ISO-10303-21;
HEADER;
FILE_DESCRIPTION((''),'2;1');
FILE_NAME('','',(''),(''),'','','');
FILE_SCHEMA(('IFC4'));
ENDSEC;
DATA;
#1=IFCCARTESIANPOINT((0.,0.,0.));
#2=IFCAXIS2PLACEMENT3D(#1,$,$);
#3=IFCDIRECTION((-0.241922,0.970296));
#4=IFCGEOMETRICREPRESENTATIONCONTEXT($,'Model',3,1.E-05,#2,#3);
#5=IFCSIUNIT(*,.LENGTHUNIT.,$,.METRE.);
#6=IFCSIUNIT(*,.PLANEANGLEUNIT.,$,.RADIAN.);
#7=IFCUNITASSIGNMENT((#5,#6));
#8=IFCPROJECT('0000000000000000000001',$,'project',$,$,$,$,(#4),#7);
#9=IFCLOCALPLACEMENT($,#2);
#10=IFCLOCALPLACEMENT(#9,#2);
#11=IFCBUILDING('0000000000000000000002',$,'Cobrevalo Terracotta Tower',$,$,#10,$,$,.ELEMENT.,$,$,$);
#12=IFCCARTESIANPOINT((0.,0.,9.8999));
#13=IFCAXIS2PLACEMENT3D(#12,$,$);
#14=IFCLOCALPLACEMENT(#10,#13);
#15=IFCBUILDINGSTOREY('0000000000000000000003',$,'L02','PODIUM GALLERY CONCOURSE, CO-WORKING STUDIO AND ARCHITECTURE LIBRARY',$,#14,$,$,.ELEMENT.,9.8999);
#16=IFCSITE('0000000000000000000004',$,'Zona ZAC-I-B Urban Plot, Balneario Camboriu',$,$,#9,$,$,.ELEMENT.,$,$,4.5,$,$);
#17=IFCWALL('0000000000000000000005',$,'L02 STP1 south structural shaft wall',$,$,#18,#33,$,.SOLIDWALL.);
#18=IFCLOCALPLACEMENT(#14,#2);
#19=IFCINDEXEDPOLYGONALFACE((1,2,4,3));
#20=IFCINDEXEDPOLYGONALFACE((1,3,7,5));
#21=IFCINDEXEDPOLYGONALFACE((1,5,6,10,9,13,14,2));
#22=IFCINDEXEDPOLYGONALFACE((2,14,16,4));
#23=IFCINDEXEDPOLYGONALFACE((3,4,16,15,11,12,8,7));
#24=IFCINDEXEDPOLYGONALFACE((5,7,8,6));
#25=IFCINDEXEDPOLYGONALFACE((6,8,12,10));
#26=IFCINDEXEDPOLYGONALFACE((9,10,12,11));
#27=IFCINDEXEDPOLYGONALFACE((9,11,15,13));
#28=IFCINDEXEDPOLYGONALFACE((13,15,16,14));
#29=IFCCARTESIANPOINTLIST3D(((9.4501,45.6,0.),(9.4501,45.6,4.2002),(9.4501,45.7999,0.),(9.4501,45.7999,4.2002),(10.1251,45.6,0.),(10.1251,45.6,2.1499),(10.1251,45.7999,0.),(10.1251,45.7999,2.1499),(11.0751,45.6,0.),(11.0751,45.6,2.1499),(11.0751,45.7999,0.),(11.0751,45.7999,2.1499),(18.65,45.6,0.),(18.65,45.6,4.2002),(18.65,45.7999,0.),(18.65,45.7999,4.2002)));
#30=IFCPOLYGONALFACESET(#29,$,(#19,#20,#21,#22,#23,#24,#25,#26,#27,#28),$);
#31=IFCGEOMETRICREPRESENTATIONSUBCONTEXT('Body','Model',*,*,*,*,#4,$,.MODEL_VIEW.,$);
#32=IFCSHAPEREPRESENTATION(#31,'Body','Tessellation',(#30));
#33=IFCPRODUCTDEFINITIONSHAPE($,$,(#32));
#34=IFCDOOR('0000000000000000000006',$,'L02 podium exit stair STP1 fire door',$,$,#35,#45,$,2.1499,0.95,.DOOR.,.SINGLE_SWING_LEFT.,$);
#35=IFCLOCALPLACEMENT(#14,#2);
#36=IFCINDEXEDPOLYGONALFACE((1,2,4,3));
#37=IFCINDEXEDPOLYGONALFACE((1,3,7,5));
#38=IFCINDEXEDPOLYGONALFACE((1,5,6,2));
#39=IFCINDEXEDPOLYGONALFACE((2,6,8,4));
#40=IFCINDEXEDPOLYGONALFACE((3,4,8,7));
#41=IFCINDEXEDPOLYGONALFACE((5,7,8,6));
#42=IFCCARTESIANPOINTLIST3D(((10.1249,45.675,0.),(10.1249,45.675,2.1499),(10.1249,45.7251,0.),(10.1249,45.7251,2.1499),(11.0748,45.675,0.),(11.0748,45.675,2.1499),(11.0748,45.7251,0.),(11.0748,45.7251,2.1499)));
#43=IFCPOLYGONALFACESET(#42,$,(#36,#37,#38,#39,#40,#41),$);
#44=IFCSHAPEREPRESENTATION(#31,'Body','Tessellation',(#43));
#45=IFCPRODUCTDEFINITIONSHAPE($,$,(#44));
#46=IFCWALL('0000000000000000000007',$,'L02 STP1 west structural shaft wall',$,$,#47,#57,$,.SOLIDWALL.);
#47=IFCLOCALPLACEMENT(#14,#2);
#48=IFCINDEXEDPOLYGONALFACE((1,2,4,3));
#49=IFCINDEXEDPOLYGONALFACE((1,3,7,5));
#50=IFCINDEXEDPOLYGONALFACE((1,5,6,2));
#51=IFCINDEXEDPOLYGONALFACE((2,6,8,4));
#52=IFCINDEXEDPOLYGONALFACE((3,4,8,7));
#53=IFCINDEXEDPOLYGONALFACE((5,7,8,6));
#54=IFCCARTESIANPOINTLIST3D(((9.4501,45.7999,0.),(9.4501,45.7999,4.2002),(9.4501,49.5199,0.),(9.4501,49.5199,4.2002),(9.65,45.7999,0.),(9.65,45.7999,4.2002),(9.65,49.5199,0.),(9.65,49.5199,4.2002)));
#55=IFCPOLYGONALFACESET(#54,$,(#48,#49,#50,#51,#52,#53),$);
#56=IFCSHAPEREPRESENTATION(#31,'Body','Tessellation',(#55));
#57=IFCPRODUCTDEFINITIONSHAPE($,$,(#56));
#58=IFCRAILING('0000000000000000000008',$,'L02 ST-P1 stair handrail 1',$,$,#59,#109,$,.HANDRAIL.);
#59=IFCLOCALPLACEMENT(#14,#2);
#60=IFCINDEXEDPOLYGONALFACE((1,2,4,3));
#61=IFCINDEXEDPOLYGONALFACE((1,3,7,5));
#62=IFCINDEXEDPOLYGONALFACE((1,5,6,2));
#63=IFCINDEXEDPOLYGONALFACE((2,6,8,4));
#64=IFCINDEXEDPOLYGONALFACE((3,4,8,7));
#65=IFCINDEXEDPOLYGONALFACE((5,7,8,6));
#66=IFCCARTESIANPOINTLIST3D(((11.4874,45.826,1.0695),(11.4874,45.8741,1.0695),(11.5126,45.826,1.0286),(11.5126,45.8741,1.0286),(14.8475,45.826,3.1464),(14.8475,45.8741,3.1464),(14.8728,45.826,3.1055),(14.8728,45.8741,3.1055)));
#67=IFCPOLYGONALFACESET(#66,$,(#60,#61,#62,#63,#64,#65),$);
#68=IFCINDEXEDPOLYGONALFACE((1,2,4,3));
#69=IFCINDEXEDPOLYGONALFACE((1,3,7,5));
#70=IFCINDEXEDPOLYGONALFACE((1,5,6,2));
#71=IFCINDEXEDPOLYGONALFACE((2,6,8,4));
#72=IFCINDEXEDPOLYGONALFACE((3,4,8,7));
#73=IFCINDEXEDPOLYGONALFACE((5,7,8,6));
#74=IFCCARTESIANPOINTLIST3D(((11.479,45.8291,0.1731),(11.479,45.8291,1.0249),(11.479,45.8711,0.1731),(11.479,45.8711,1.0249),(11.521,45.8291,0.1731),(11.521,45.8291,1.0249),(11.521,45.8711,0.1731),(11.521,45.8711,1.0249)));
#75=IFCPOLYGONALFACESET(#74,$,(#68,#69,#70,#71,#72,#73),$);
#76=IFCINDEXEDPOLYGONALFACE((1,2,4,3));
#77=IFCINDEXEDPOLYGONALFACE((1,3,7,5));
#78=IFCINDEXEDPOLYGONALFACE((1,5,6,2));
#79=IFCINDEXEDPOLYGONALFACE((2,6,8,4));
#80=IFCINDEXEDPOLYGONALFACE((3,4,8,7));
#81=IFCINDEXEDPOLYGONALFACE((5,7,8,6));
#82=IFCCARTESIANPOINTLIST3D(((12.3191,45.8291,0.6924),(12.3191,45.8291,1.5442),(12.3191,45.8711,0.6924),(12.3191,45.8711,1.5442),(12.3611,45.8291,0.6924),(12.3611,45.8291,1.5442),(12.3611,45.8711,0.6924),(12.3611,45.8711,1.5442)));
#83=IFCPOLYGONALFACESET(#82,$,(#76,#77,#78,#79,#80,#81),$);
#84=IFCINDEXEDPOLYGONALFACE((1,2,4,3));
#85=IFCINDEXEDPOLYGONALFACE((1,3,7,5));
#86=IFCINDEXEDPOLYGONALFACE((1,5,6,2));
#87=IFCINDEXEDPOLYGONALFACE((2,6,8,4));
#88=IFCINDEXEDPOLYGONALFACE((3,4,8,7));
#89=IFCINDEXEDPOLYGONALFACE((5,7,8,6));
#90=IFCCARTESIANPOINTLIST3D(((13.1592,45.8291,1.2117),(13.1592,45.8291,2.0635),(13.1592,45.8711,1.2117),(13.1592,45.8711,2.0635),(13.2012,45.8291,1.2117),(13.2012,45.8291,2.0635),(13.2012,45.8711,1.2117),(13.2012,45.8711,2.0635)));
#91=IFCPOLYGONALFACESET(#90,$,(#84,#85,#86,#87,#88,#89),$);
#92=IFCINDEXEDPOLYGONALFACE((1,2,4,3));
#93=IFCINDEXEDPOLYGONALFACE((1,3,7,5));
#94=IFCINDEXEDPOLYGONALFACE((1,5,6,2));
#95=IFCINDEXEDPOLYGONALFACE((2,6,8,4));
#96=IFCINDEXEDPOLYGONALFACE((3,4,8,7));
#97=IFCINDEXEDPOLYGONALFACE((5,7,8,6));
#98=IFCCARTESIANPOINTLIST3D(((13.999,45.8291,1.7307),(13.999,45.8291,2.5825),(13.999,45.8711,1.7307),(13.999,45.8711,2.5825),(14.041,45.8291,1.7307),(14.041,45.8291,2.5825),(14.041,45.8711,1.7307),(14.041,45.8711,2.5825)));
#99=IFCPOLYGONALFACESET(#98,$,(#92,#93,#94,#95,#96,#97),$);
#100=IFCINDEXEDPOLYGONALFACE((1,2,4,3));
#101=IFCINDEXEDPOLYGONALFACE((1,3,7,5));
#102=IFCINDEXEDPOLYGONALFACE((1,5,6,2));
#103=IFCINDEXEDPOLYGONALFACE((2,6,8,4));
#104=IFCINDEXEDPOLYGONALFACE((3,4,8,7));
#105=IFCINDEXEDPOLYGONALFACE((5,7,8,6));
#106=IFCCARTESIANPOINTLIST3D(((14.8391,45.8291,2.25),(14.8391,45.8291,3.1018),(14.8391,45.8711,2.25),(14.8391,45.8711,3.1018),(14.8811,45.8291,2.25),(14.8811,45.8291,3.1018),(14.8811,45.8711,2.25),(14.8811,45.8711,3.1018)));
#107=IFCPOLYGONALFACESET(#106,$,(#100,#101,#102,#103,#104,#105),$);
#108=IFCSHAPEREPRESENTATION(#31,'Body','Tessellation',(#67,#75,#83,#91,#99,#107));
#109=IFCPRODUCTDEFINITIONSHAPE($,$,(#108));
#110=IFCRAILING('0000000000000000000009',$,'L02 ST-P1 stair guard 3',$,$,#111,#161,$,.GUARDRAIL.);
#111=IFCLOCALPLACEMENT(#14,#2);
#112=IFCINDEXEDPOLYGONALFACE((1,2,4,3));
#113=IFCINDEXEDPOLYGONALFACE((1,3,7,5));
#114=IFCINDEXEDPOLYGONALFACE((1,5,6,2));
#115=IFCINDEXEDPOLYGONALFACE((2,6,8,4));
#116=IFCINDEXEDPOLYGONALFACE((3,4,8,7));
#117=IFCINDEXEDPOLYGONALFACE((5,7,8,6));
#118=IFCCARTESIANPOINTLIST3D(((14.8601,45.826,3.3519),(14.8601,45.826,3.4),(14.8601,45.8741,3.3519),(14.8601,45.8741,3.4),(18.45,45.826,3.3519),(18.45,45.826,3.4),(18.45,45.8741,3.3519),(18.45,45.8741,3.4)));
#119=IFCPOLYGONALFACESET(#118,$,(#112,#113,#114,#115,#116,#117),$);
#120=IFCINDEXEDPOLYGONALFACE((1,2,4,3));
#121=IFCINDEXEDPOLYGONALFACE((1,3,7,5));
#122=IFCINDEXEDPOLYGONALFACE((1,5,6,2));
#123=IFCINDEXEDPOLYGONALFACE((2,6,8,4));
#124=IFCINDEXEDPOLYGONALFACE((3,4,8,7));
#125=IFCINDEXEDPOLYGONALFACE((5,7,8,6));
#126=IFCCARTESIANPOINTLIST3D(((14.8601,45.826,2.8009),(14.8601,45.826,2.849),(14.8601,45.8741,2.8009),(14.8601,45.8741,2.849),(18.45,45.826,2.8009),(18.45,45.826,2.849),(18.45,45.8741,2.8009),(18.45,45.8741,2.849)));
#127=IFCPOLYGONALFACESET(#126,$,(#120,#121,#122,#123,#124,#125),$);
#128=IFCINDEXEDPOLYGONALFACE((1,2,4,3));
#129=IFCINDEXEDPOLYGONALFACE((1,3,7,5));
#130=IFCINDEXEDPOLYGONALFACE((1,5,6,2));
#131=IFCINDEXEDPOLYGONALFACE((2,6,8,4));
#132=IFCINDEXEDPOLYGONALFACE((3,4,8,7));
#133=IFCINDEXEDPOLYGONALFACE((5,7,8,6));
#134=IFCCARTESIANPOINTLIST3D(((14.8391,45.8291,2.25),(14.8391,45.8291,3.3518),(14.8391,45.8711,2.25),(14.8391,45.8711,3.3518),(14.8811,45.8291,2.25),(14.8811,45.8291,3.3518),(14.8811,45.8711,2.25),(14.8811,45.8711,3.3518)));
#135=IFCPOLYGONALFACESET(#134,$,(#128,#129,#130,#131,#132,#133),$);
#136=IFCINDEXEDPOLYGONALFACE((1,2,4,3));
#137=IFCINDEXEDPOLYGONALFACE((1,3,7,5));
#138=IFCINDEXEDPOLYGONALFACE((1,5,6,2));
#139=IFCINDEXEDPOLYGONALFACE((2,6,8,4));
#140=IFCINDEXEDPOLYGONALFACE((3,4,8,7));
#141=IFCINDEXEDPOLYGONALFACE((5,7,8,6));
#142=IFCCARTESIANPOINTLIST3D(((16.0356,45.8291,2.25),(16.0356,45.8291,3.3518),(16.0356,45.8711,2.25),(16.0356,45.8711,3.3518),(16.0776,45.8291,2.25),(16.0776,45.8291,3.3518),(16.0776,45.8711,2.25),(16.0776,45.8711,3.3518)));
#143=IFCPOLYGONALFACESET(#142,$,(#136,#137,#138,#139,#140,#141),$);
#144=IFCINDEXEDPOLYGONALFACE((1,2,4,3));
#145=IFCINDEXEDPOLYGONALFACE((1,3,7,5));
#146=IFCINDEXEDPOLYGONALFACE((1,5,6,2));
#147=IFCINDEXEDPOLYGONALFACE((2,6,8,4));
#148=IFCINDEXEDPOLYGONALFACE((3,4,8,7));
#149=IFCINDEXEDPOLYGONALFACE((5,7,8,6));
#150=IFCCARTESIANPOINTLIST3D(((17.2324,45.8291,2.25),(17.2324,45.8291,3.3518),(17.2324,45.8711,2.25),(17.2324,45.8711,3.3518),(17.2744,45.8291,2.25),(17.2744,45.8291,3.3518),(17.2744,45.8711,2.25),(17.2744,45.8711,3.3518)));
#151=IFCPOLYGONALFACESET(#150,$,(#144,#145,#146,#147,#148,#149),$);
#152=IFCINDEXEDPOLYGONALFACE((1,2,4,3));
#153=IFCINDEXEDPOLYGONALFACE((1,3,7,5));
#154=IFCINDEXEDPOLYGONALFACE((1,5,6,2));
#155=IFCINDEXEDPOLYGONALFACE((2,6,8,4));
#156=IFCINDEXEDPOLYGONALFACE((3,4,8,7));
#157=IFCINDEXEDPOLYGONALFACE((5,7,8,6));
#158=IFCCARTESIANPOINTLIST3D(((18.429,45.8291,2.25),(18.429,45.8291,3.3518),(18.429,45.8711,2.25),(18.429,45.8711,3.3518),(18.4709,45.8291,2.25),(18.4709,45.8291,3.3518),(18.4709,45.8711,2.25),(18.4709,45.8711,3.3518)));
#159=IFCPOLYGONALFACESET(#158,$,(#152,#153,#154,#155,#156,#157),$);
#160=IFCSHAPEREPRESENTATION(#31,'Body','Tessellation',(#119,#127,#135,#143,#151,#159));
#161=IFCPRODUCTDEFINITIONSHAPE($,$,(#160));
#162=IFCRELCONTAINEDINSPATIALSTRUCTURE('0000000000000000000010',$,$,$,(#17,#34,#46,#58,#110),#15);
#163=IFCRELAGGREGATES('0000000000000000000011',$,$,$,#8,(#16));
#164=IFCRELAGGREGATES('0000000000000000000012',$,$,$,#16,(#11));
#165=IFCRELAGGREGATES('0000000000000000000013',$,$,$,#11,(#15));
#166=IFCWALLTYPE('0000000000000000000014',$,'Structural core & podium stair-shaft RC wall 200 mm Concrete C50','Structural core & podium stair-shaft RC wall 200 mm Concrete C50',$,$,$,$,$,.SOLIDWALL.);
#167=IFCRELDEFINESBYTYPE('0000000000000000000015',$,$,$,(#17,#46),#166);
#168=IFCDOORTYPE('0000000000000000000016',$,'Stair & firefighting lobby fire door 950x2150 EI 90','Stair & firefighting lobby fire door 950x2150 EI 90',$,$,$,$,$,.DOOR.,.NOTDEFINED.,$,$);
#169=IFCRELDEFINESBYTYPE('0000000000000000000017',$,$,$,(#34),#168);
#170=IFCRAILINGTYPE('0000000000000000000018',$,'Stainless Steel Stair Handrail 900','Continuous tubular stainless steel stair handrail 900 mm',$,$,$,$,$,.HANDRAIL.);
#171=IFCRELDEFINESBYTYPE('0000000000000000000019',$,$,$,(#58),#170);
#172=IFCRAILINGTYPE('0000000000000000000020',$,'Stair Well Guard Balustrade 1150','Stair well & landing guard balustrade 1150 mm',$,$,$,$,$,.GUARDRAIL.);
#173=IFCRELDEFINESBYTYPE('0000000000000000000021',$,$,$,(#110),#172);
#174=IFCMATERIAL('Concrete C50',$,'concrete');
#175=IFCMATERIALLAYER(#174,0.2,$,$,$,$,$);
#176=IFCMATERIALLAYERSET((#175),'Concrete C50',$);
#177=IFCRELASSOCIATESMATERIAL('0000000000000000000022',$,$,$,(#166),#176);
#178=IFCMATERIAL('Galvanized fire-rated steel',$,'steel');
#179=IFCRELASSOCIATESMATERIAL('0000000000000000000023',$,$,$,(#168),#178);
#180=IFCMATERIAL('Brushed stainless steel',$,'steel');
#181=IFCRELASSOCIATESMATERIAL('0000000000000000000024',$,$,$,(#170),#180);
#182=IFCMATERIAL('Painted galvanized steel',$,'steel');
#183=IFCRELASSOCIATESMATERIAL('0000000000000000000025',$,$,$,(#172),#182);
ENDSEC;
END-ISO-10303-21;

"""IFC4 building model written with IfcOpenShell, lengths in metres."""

from ifc_helpers import new_model, si_unit, direction, frame, frame_2d, origin, origin_2d, place, context, subcontext, project, spatial, rectangle, extrude, source, transform, mapped, material, layer, layer_set, type_object, element, fill, save


model = new_model("IFC4")

# Units and contexts
model_context = context("Model", 3, precision=1e-05, world=origin(), true_north=direction((-0.241922, 0.970296)))
body_context = subcontext(model_context, "Body", "Model", "MODEL_VIEW")
ifc_project = project(units=[si_unit("LENGTHUNIT", "METRE"), si_unit("PLANEANGLEUNIT", "RADIAN")], contexts=[model_context])

# Site, building, storey
site_placement = place(None, origin())
site = spatial("IfcSite", under=ifc_project, at=site_placement, Name="Zona ZAC-I-B Urban Plot, Balneario Camboriu", CompositionType="ELEMENT", RefElevation=4.5)
building_placement = place(site_placement, origin())
building = spatial("IfcBuilding", under=site, at=building_placement, Name="Cobrevalo Terracotta Tower", CompositionType="ELEMENT")
storey_placement = place(building_placement, frame((0.0, 0.0, 9.8999)))
storey = spatial("IfcBuildingStorey", under=building, at=storey_placement, Name="L02", Description="PODIUM GALLERY CONCOURSE, CO-WORKING STUDIO AND ARCHITECTURE LIBRARY", CompositionType="ELEMENT", Elevation=9.8999)

# Shared definitions
ifc_material_1 = material(Name="Concrete C50", Category="concrete")

# Wall, opening, door
ifc_layer_1 = layer(ifc_material_1, 0.2)
ifc_layer_set_1 = layer_set([ifc_layer_1], Name="Concrete C50")
wall_type_1 = type_object("IfcWallType", Name="Structural core & podium stair-shaft RC wall 200 mm Concrete C50", Description="Structural core & podium stair-shaft RC wall 200 mm Concrete C50", PredefinedType="SOLIDWALL", material=ifc_layer_set_1)
wall_1_placement = place(storey_placement, frame((9.45, 45.7, 0.0), z_axis=(0.0, 0.0, 1.0), x_axis=(1.0, 0.0, 0.0)))
wall_1 = element("IfcWall", 1, at=wall_1_placement, inside=storey, type_object=wall_type_1, Name="L02 STP1 south structural shaft wall", PredefinedType="SOLIDWALL", context=body_context, shape_type="SweptSolid", body=[
    extrude(rectangle(XDim=9.2, YDim=0.2, at=frame_2d((4.6001, 0.0))), origin(), (0.0, 0.0, 1.0), 4.2002),
])
opening_1_placement = place(wall_1_placement, frame((0.675, 0.0, 0.0)))
opening_1 = element("IfcOpeningElement", 2, at=opening_1_placement, cuts=wall_1, PredefinedType="OPENING", context=body_context, shape_type="SweptSolid", body=[
    extrude(rectangle(XDim=0.95, YDim=2.1499, at=frame_2d((0.4751, 1.075))), frame((0.0, 0.1099, 0.0), z_axis=(0.0, -1.0, 0.0), x_axis=(1.0, 0.0, 0.0)), (0.0, 0.0, 1.0), 0.22),
])
ifc_material_2 = material(Name="Galvanized fire-rated steel", Category="steel")
door_type_1 = type_object("IfcDoorType", Name="Stair & firefighting lobby fire door 950x2150 EI 90", Description="Stair & firefighting lobby fire door 950x2150 EI 90", OperationType="NOTDEFINED", PredefinedType="DOOR", material=ifc_material_2)
shared_shape_1 = source(origin(), body_context, "Body", "SweptSolid", [
    extrude(rectangle(XDim=0.95, YDim=2.1499, at=frame_2d((0.4751, 1.075))), frame((0.0, 0.0249, 0.0), z_axis=(0.0, -1.0, 0.0), x_axis=(1.0, 0.0, 0.0)), (0.0, 0.0, 1.0), 0.05),
])
door_1_placement = place(opening_1_placement, frame((0.95, 0.0, 0.0), z_axis=(0.0, 0.0, 1.0), x_axis=(-1.0, 0.0, 0.0)))
door_1 = element("IfcDoor", 3, at=door_1_placement, inside=storey, type_object=door_type_1, Name="L02 podium exit stair STP1 fire door", OperationType="SINGLE_SWING_LEFT", OverallHeight=2.1499, OverallWidth=0.95, PredefinedType="DOOR", context=body_context, shape_type="MappedRepresentation", body=[
    mapped(shared_shape_1, transform((0.0, 0.0, 0.0), scale=1.0)),
])
fill(opening_1, door_1)

# Wall
wall_2_placement = place(storey_placement, frame((9.55, 45.8, 0.0), z_axis=(0.0, 0.0, 1.0), x_axis=(0.0, 1.0, 0.0)))
element("IfcWall", 4, at=wall_2_placement, inside=storey, type_object=wall_type_1, Name="L02 STP1 west structural shaft wall", PredefinedType="SOLIDWALL", context=body_context, shape_type="SweptSolid", body=[
    extrude(rectangle(XDim=3.72, YDim=0.2, at=frame_2d((1.8599, 0.0))), origin(), (0.0, 0.0, 1.0), 4.2002),
])

# Railings
ifc_material_3 = material(Name="Brushed stainless steel", Category="steel")
railing_type_1 = type_object("IfcRailingType", Name="Stainless Steel Stair Handrail 900", Description="Continuous tubular stainless steel stair handrail 900 mm", PredefinedType="HANDRAIL", material=ifc_material_3)
railing_1_placement = place(storey_placement, frame((11.5, 45.8501, 0.1731)))
element("IfcRailing", 5, at=railing_1_placement, inside=storey, type_object=railing_type_1, Name="L02 ST-P1 stair handrail 1", PredefinedType="HANDRAIL", context=body_context, shape_type="SweptSolid", body=[
    extrude(rectangle(XDim=0.0481, YDim=0.0481, at=origin_2d()), frame((0.0, 0.0, 0.876), z_axis=(0.850623, 0.0, 0.525776), x_axis=(0.0, 1.0, 0.0)), (0.0, 0.0, 1.0), 3.9502),
    extrude(rectangle(XDim=0.042, YDim=0.042, at=origin_2d()), origin(), (0.0, 0.0, 1.0), 0.8518),
    extrude(rectangle(XDim=0.042, YDim=0.042, at=origin_2d()), frame((0.8401, 0.0, 0.5193)), (0.0, 0.0, 1.0), 0.8518),
    extrude(rectangle(XDim=0.042, YDim=0.042, at=origin_2d()), frame((1.6802, 0.0, 1.0386)), (0.0, 0.0, 1.0), 0.8518),
    extrude(rectangle(XDim=0.042, YDim=0.042, at=origin_2d()), frame((2.52, 0.0, 1.5576)), (0.0, 0.0, 1.0), 0.8518),
    extrude(rectangle(XDim=0.042, YDim=0.042, at=origin_2d()), frame((3.3601, 0.0, 2.0769)), (0.0, 0.0, 1.0), 0.8518),
])
ifc_material_4 = material(Name="Painted galvanized steel", Category="steel")
railing_type_2 = type_object("IfcRailingType", Name="Stair Well Guard Balustrade 1150", Description="Stair well & landing guard balustrade 1150 mm", PredefinedType="GUARDRAIL", material=ifc_material_4)
railing_2_placement = place(storey_placement, frame((14.8601, 45.8501, 2.25)))
element("IfcRailing", 6, at=railing_2_placement, inside=storey, type_object=railing_type_2, Name="L02 ST-P1 stair guard 3", PredefinedType="GUARDRAIL", context=body_context, shape_type="SweptSolid", body=[
    extrude(rectangle(XDim=0.0481, YDim=0.0481, at=origin_2d()), frame((0.0, 0.0, 1.126), z_axis=(1.0, 0.0, 0.0), x_axis=(0.0, 1.0, 0.0)), (0.0, 0.0, 1.0), 3.5898),
    extrude(rectangle(XDim=0.0481, YDim=0.0481, at=origin_2d()), frame((0.0, 0.0, 0.575), z_axis=(1.0, 0.0, 0.0), x_axis=(0.0, 1.0, 0.0)), (0.0, 0.0, 1.0), 3.5898),
    extrude(rectangle(XDim=0.042, YDim=0.042, at=origin_2d()), origin(), (0.0, 0.0, 1.0), 1.1018),
    extrude(rectangle(XDim=0.042, YDim=0.042, at=origin_2d()), frame((1.1965, 0.0, 0.0)), (0.0, 0.0, 1.0), 1.1018),
    extrude(rectangle(XDim=0.042, YDim=0.042, at=origin_2d()), frame((2.3933, 0.0, 0.0)), (0.0, 0.0, 1.0), 1.1018),
    extrude(rectangle(XDim=0.042, YDim=0.042, at=origin_2d()), frame((3.5898, 0.0, 0.0)), (0.0, 0.0, 1.0), 1.1018),
])

save(model, "model.ifc")
